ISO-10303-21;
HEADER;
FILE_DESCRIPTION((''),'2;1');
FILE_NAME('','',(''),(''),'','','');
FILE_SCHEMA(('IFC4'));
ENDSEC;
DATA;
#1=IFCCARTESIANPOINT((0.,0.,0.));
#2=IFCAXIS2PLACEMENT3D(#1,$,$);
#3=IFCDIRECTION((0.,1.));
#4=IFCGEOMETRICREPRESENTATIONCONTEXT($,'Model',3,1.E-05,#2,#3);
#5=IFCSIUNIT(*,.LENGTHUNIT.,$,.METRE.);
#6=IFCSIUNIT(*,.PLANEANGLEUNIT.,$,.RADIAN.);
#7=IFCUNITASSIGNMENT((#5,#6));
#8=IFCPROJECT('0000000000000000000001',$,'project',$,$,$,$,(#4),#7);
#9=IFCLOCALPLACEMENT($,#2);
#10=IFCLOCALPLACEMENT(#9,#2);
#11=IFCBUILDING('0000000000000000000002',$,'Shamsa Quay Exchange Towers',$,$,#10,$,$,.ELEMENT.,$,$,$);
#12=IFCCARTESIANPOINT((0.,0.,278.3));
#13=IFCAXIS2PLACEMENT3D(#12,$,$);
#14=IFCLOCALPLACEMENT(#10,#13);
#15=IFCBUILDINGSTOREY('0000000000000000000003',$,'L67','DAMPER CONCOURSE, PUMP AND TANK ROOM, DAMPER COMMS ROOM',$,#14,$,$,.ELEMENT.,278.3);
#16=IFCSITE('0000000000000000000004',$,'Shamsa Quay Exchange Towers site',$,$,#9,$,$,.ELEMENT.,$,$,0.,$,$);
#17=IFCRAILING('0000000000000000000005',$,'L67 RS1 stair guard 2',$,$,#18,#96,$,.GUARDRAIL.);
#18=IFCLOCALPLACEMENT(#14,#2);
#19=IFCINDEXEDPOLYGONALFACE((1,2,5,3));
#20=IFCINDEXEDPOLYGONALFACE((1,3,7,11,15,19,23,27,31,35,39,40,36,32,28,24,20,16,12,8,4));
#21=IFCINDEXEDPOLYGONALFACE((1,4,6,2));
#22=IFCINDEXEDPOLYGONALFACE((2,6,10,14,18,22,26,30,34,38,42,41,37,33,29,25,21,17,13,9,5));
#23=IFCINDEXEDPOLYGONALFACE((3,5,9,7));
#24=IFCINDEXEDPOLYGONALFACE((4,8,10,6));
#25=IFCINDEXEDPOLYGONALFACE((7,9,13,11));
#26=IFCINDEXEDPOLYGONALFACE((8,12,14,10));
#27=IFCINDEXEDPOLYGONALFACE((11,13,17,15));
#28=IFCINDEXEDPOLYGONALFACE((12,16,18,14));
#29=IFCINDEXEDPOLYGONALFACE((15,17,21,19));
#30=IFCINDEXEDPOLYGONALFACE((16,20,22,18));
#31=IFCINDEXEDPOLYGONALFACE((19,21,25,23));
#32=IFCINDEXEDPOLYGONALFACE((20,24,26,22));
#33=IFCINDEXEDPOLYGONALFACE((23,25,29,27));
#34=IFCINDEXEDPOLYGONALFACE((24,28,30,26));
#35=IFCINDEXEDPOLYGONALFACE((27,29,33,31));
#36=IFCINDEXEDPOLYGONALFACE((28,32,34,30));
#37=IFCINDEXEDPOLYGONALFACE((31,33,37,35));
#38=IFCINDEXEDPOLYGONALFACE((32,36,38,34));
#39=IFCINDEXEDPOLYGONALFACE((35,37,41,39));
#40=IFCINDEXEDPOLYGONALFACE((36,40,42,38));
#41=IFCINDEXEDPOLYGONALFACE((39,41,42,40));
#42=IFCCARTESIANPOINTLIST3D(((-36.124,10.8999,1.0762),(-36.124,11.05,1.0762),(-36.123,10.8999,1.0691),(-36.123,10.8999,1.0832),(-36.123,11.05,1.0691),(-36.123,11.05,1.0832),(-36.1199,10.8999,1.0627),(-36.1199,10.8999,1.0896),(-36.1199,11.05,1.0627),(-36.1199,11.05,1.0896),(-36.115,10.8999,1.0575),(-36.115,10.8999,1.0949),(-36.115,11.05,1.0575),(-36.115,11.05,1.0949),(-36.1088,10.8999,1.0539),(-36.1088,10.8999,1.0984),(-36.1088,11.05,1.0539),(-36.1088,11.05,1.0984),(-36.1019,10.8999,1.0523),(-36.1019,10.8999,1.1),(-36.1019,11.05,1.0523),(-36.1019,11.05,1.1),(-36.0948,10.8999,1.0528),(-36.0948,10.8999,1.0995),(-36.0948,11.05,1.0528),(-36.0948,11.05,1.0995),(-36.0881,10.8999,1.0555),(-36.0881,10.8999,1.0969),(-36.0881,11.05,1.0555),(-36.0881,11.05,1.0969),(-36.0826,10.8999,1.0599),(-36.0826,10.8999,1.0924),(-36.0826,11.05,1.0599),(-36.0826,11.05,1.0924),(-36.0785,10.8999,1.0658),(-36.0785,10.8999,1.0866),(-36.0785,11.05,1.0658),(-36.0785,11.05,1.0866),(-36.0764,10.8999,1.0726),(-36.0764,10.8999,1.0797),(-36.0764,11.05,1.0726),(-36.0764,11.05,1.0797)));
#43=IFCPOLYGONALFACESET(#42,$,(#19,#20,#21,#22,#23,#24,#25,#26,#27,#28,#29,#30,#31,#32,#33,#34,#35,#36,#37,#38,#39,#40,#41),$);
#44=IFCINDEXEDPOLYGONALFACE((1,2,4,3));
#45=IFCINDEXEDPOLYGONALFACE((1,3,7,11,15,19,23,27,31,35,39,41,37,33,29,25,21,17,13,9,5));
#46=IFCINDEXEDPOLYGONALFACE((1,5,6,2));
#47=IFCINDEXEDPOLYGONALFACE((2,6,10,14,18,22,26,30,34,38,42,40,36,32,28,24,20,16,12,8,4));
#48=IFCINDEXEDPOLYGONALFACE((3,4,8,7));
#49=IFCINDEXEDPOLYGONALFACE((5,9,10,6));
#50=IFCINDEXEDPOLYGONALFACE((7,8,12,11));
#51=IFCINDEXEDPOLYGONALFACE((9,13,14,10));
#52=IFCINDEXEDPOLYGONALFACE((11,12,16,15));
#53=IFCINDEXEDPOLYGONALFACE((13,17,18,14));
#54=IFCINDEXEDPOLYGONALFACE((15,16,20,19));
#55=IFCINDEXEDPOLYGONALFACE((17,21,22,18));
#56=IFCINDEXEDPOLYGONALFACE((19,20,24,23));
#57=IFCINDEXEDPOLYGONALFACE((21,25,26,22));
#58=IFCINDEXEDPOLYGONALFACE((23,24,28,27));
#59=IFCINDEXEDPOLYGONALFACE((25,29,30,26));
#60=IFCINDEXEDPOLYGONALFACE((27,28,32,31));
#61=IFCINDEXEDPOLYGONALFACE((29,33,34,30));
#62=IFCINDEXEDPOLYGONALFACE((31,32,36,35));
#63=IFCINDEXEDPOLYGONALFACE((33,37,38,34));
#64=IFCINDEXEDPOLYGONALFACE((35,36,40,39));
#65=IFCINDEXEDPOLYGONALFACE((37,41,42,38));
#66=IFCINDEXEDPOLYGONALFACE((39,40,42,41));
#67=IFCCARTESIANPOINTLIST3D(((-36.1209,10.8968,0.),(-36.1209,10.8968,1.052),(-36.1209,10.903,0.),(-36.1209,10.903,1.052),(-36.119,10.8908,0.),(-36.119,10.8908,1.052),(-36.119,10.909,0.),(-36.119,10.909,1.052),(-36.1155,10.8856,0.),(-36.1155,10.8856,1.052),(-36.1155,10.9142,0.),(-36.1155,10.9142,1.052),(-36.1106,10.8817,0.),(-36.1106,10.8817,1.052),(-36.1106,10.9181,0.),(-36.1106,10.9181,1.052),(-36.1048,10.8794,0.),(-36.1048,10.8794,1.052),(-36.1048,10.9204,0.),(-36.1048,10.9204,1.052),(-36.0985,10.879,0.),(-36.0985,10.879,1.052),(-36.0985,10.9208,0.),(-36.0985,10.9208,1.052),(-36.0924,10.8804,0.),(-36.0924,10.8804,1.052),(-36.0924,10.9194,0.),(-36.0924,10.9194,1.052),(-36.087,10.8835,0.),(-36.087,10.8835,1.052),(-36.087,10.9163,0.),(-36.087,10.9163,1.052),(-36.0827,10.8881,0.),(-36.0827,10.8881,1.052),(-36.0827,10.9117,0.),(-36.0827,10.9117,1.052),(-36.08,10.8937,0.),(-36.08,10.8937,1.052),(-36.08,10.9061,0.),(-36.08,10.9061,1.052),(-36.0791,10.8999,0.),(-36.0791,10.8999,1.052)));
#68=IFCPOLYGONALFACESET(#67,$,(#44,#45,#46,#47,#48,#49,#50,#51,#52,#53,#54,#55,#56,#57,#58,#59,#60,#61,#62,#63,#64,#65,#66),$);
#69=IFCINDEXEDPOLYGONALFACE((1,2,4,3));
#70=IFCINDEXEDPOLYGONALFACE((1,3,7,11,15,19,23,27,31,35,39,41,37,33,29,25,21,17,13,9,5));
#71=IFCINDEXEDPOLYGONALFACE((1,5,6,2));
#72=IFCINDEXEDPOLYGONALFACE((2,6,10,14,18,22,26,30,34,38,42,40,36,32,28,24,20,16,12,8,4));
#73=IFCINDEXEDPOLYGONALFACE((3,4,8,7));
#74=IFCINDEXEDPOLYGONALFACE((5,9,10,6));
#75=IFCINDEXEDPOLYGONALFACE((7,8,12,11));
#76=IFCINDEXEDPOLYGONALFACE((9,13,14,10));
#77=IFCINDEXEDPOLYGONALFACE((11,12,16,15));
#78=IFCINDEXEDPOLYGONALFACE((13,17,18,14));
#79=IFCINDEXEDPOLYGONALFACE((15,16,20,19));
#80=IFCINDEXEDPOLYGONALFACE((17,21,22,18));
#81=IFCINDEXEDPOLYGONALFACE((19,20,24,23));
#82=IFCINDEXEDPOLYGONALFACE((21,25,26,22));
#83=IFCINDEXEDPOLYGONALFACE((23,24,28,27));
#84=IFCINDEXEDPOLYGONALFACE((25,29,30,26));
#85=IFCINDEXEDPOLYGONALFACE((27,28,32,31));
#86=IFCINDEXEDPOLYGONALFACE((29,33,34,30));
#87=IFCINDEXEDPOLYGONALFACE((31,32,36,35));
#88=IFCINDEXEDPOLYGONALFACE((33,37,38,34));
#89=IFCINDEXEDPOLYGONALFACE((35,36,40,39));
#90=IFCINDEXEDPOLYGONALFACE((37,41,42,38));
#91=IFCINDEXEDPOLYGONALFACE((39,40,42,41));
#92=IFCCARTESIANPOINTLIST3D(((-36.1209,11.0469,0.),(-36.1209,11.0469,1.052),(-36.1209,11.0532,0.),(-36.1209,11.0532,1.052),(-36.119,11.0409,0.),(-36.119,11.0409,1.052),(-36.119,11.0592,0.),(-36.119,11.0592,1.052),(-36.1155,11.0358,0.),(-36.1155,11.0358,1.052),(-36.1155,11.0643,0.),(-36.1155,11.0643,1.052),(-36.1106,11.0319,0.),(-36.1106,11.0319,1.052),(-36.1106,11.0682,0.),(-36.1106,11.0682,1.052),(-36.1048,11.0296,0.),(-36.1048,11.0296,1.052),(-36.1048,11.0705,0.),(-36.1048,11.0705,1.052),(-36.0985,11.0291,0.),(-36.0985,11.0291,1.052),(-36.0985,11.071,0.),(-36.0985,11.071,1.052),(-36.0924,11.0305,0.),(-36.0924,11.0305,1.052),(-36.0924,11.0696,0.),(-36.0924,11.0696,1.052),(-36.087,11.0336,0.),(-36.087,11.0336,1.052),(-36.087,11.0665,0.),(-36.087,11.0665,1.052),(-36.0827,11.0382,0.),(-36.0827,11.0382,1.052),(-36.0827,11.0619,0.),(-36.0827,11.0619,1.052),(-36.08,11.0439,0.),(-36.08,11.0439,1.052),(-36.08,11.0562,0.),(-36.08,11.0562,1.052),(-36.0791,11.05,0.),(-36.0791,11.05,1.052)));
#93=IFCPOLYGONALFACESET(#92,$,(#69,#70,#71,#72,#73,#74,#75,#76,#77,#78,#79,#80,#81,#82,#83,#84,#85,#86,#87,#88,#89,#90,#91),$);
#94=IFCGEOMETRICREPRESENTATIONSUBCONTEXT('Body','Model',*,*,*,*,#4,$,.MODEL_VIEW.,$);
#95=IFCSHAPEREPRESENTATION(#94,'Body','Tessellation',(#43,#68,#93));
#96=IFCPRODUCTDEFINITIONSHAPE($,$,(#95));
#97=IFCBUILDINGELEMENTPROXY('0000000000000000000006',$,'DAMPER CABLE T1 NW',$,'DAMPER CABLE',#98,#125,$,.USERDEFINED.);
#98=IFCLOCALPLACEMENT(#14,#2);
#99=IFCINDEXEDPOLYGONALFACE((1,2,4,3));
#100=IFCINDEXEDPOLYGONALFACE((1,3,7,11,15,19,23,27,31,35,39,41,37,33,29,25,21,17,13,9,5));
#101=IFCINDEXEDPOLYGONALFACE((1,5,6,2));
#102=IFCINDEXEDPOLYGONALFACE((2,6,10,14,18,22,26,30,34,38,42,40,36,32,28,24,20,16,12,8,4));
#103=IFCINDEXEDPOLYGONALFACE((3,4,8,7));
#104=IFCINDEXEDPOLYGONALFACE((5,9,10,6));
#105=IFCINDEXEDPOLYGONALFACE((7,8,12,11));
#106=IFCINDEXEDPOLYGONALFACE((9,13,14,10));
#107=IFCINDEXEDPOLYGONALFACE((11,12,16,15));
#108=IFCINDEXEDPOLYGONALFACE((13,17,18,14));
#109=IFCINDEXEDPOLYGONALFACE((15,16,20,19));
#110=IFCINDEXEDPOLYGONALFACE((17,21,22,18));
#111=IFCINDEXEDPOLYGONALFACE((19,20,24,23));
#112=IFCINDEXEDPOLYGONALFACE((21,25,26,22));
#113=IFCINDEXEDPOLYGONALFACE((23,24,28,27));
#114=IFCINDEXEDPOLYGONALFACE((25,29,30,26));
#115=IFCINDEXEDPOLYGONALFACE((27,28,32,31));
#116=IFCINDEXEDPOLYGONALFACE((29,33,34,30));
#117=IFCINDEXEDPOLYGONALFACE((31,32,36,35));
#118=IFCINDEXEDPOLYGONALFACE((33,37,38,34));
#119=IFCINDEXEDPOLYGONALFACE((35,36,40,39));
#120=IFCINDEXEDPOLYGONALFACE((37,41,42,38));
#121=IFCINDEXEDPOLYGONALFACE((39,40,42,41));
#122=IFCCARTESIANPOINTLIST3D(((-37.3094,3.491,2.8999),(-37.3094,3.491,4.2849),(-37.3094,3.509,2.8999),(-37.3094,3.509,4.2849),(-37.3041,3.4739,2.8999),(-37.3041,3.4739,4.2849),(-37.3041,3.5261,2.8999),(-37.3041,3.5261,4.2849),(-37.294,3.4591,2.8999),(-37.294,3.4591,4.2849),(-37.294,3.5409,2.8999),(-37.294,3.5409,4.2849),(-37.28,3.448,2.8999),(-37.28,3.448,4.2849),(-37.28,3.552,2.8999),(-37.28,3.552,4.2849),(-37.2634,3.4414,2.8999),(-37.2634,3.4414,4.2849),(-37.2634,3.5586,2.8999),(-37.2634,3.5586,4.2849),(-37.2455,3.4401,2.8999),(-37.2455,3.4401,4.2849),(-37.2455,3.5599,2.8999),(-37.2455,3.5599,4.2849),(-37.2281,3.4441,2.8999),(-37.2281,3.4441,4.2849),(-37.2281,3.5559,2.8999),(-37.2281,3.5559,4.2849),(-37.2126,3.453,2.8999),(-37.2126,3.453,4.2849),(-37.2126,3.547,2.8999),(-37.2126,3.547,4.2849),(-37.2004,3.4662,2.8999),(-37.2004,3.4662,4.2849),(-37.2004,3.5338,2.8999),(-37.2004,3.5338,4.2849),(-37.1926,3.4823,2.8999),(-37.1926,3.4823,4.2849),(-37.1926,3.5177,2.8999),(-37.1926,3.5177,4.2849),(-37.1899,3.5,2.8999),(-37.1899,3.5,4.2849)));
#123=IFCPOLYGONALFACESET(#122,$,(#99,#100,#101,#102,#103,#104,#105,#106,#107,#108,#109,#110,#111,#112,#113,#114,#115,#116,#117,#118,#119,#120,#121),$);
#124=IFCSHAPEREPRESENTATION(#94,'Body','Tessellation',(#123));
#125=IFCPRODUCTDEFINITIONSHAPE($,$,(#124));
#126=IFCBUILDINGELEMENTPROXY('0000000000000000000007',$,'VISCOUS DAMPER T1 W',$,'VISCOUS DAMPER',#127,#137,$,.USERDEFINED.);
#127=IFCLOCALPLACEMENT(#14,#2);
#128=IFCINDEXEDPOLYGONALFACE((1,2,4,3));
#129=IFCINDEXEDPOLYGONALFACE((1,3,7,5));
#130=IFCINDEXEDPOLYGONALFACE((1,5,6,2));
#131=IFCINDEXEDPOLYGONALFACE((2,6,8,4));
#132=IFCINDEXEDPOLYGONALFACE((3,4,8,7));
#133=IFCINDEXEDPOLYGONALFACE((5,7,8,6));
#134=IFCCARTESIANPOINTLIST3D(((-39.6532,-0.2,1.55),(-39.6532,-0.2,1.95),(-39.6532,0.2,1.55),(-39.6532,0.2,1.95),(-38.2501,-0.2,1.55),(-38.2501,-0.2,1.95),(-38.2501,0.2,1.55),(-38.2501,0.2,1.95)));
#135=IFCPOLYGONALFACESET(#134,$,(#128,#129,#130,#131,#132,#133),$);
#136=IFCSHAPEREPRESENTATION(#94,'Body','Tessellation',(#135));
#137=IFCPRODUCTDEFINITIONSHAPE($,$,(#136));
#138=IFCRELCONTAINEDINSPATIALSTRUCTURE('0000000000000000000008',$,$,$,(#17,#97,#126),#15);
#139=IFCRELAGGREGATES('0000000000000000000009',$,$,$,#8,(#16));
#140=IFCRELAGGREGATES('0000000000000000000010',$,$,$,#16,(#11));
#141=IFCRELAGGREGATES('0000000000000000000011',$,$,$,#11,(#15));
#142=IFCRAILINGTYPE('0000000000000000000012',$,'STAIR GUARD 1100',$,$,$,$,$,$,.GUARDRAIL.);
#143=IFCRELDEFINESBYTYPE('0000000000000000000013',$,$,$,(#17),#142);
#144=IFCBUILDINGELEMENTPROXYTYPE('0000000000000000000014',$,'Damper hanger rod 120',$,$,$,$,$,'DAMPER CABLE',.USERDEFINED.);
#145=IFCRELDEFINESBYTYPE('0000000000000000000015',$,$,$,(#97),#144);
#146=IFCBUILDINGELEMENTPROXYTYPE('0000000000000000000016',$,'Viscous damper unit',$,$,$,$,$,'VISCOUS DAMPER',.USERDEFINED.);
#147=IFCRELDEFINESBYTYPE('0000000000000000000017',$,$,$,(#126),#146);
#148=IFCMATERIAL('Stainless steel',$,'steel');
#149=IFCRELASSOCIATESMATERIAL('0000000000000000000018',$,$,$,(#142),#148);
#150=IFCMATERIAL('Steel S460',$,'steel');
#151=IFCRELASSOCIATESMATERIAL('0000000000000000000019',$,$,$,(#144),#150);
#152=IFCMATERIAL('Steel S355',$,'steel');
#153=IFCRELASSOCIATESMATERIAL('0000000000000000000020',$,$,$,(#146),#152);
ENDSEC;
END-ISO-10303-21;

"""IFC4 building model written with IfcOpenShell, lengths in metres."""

from ifc_helpers import new_model, si_unit, direction, frame, origin, origin_2d, place, context, subcontext, project, spatial, rectangle, circle, extrude, material, material_profile, profile_set, type_object, element, save


model = new_model("IFC4")

# Units and contexts
model_context = context("Model", 3, precision=1e-05, world=origin(), true_north=direction((0.0, 1.0)))
body_context = subcontext(model_context, "Body", "Model", "MODEL_VIEW")
ifc_project = project(units=[si_unit("LENGTHUNIT", "METRE"), si_unit("PLANEANGLEUNIT", "RADIAN")], contexts=[model_context])

# Site, building, storey
site_placement = place(None, origin())
site = spatial("IfcSite", under=ifc_project, at=site_placement, Name="Shamsa Quay Exchange Towers site", CompositionType="ELEMENT", RefElevation=0.0)
building_placement = place(site_placement, origin())
building = spatial("IfcBuilding", under=site, at=building_placement, Name="Shamsa Quay Exchange Towers", CompositionType="ELEMENT")
storey_placement = place(building_placement, frame((0.0, 0.0, 278.3)))
storey = spatial("IfcBuildingStorey", under=building, at=storey_placement, Name="L67", Description="DAMPER CONCOURSE, PUMP AND TANK ROOM, DAMPER COMMS ROOM", CompositionType="ELEMENT", Elevation=278.3)

# Shared definitions
ifc_material_1 = material(Name="Steel S355", Category="steel")

# Railing
ifc_material_2 = material(Name="Stainless steel", Category="steel")
railing_type_1 = type_object("IfcRailingType", Name="STAIR GUARD 1100", PredefinedType="GUARDRAIL", material=ifc_material_2)
railing_1_placement = place(storey_placement, frame((-36.1001, 10.8999, 0.0)))
element("IfcRailing", 1, at=railing_1_placement, inside=storey, type_object=railing_type_1, Name="L67 RS1 stair guard 2", PredefinedType="GUARDRAIL", context=body_context, shape_type="SweptSolid", body=[
    extrude(circle(Radius=0.0239, at=origin_2d()), frame((0.0, 0.0, 1.0762), z_axis=(0.0, 1.0, 0.0), x_axis=(-1.0, 0.0, 0.0)), (0.0, 0.0, 1.0), 0.1501),
    extrude(circle(Radius=0.021, at=origin_2d()), origin(), (0.0, 0.0, 1.0), 1.052),
    extrude(circle(Radius=0.021, at=origin_2d()), frame((0.0, 0.1501, 0.0)), (0.0, 0.0, 1.0), 1.052),
])

# Building element proxies
ifc_material_3 = material(Name="Steel S460", Category="steel")
ifc_material_profile_1 = material_profile(ifc_material_3, circle(Radius=0.0601, at=origin_2d()), Name="R120")
ifc_profile_set_1 = profile_set([ifc_material_profile_1], Name="Steel S460")
building_element_proxy_type_1 = type_object("IfcBuildingElementProxyType", Name="Damper hanger rod 120", ElementType="DAMPER CABLE", PredefinedType="USERDEFINED", material=ifc_profile_set_1)
proxy_1_placement = place(storey_placement, frame((-37.25, 3.5, 2.8999)))
element("IfcBuildingElementProxy", 2, at=proxy_1_placement, inside=storey, type_object=building_element_proxy_type_1, Name="DAMPER CABLE T1 NW", ObjectType="DAMPER CABLE", PredefinedType="USERDEFINED", context=body_context, shape_type="SweptSolid", body=[
    extrude(circle(Radius=0.0601, at=origin_2d()), origin(), (0.0, 0.0, 1.0), 1.385),
])
building_element_proxy_type_2 = type_object("IfcBuildingElementProxyType", Name="Viscous damper unit", ElementType="VISCOUS DAMPER", PredefinedType="USERDEFINED", material=ifc_material_1)
proxy_2_placement = place(storey_placement, frame((-38.9517, 0.0, 1.55)))
element("IfcBuildingElementProxy", 3, at=proxy_2_placement, inside=storey, type_object=building_element_proxy_type_2, Name="VISCOUS DAMPER T1 W", ObjectType="VISCOUS DAMPER", PredefinedType="USERDEFINED", context=body_context, shape_type="SweptSolid", body=[
    extrude(rectangle(XDim=1.4031, YDim=0.3999, at=origin_2d()), origin(), (0.0, 0.0, 1.0), 0.3999),
])

save(model, "model.ifc")
